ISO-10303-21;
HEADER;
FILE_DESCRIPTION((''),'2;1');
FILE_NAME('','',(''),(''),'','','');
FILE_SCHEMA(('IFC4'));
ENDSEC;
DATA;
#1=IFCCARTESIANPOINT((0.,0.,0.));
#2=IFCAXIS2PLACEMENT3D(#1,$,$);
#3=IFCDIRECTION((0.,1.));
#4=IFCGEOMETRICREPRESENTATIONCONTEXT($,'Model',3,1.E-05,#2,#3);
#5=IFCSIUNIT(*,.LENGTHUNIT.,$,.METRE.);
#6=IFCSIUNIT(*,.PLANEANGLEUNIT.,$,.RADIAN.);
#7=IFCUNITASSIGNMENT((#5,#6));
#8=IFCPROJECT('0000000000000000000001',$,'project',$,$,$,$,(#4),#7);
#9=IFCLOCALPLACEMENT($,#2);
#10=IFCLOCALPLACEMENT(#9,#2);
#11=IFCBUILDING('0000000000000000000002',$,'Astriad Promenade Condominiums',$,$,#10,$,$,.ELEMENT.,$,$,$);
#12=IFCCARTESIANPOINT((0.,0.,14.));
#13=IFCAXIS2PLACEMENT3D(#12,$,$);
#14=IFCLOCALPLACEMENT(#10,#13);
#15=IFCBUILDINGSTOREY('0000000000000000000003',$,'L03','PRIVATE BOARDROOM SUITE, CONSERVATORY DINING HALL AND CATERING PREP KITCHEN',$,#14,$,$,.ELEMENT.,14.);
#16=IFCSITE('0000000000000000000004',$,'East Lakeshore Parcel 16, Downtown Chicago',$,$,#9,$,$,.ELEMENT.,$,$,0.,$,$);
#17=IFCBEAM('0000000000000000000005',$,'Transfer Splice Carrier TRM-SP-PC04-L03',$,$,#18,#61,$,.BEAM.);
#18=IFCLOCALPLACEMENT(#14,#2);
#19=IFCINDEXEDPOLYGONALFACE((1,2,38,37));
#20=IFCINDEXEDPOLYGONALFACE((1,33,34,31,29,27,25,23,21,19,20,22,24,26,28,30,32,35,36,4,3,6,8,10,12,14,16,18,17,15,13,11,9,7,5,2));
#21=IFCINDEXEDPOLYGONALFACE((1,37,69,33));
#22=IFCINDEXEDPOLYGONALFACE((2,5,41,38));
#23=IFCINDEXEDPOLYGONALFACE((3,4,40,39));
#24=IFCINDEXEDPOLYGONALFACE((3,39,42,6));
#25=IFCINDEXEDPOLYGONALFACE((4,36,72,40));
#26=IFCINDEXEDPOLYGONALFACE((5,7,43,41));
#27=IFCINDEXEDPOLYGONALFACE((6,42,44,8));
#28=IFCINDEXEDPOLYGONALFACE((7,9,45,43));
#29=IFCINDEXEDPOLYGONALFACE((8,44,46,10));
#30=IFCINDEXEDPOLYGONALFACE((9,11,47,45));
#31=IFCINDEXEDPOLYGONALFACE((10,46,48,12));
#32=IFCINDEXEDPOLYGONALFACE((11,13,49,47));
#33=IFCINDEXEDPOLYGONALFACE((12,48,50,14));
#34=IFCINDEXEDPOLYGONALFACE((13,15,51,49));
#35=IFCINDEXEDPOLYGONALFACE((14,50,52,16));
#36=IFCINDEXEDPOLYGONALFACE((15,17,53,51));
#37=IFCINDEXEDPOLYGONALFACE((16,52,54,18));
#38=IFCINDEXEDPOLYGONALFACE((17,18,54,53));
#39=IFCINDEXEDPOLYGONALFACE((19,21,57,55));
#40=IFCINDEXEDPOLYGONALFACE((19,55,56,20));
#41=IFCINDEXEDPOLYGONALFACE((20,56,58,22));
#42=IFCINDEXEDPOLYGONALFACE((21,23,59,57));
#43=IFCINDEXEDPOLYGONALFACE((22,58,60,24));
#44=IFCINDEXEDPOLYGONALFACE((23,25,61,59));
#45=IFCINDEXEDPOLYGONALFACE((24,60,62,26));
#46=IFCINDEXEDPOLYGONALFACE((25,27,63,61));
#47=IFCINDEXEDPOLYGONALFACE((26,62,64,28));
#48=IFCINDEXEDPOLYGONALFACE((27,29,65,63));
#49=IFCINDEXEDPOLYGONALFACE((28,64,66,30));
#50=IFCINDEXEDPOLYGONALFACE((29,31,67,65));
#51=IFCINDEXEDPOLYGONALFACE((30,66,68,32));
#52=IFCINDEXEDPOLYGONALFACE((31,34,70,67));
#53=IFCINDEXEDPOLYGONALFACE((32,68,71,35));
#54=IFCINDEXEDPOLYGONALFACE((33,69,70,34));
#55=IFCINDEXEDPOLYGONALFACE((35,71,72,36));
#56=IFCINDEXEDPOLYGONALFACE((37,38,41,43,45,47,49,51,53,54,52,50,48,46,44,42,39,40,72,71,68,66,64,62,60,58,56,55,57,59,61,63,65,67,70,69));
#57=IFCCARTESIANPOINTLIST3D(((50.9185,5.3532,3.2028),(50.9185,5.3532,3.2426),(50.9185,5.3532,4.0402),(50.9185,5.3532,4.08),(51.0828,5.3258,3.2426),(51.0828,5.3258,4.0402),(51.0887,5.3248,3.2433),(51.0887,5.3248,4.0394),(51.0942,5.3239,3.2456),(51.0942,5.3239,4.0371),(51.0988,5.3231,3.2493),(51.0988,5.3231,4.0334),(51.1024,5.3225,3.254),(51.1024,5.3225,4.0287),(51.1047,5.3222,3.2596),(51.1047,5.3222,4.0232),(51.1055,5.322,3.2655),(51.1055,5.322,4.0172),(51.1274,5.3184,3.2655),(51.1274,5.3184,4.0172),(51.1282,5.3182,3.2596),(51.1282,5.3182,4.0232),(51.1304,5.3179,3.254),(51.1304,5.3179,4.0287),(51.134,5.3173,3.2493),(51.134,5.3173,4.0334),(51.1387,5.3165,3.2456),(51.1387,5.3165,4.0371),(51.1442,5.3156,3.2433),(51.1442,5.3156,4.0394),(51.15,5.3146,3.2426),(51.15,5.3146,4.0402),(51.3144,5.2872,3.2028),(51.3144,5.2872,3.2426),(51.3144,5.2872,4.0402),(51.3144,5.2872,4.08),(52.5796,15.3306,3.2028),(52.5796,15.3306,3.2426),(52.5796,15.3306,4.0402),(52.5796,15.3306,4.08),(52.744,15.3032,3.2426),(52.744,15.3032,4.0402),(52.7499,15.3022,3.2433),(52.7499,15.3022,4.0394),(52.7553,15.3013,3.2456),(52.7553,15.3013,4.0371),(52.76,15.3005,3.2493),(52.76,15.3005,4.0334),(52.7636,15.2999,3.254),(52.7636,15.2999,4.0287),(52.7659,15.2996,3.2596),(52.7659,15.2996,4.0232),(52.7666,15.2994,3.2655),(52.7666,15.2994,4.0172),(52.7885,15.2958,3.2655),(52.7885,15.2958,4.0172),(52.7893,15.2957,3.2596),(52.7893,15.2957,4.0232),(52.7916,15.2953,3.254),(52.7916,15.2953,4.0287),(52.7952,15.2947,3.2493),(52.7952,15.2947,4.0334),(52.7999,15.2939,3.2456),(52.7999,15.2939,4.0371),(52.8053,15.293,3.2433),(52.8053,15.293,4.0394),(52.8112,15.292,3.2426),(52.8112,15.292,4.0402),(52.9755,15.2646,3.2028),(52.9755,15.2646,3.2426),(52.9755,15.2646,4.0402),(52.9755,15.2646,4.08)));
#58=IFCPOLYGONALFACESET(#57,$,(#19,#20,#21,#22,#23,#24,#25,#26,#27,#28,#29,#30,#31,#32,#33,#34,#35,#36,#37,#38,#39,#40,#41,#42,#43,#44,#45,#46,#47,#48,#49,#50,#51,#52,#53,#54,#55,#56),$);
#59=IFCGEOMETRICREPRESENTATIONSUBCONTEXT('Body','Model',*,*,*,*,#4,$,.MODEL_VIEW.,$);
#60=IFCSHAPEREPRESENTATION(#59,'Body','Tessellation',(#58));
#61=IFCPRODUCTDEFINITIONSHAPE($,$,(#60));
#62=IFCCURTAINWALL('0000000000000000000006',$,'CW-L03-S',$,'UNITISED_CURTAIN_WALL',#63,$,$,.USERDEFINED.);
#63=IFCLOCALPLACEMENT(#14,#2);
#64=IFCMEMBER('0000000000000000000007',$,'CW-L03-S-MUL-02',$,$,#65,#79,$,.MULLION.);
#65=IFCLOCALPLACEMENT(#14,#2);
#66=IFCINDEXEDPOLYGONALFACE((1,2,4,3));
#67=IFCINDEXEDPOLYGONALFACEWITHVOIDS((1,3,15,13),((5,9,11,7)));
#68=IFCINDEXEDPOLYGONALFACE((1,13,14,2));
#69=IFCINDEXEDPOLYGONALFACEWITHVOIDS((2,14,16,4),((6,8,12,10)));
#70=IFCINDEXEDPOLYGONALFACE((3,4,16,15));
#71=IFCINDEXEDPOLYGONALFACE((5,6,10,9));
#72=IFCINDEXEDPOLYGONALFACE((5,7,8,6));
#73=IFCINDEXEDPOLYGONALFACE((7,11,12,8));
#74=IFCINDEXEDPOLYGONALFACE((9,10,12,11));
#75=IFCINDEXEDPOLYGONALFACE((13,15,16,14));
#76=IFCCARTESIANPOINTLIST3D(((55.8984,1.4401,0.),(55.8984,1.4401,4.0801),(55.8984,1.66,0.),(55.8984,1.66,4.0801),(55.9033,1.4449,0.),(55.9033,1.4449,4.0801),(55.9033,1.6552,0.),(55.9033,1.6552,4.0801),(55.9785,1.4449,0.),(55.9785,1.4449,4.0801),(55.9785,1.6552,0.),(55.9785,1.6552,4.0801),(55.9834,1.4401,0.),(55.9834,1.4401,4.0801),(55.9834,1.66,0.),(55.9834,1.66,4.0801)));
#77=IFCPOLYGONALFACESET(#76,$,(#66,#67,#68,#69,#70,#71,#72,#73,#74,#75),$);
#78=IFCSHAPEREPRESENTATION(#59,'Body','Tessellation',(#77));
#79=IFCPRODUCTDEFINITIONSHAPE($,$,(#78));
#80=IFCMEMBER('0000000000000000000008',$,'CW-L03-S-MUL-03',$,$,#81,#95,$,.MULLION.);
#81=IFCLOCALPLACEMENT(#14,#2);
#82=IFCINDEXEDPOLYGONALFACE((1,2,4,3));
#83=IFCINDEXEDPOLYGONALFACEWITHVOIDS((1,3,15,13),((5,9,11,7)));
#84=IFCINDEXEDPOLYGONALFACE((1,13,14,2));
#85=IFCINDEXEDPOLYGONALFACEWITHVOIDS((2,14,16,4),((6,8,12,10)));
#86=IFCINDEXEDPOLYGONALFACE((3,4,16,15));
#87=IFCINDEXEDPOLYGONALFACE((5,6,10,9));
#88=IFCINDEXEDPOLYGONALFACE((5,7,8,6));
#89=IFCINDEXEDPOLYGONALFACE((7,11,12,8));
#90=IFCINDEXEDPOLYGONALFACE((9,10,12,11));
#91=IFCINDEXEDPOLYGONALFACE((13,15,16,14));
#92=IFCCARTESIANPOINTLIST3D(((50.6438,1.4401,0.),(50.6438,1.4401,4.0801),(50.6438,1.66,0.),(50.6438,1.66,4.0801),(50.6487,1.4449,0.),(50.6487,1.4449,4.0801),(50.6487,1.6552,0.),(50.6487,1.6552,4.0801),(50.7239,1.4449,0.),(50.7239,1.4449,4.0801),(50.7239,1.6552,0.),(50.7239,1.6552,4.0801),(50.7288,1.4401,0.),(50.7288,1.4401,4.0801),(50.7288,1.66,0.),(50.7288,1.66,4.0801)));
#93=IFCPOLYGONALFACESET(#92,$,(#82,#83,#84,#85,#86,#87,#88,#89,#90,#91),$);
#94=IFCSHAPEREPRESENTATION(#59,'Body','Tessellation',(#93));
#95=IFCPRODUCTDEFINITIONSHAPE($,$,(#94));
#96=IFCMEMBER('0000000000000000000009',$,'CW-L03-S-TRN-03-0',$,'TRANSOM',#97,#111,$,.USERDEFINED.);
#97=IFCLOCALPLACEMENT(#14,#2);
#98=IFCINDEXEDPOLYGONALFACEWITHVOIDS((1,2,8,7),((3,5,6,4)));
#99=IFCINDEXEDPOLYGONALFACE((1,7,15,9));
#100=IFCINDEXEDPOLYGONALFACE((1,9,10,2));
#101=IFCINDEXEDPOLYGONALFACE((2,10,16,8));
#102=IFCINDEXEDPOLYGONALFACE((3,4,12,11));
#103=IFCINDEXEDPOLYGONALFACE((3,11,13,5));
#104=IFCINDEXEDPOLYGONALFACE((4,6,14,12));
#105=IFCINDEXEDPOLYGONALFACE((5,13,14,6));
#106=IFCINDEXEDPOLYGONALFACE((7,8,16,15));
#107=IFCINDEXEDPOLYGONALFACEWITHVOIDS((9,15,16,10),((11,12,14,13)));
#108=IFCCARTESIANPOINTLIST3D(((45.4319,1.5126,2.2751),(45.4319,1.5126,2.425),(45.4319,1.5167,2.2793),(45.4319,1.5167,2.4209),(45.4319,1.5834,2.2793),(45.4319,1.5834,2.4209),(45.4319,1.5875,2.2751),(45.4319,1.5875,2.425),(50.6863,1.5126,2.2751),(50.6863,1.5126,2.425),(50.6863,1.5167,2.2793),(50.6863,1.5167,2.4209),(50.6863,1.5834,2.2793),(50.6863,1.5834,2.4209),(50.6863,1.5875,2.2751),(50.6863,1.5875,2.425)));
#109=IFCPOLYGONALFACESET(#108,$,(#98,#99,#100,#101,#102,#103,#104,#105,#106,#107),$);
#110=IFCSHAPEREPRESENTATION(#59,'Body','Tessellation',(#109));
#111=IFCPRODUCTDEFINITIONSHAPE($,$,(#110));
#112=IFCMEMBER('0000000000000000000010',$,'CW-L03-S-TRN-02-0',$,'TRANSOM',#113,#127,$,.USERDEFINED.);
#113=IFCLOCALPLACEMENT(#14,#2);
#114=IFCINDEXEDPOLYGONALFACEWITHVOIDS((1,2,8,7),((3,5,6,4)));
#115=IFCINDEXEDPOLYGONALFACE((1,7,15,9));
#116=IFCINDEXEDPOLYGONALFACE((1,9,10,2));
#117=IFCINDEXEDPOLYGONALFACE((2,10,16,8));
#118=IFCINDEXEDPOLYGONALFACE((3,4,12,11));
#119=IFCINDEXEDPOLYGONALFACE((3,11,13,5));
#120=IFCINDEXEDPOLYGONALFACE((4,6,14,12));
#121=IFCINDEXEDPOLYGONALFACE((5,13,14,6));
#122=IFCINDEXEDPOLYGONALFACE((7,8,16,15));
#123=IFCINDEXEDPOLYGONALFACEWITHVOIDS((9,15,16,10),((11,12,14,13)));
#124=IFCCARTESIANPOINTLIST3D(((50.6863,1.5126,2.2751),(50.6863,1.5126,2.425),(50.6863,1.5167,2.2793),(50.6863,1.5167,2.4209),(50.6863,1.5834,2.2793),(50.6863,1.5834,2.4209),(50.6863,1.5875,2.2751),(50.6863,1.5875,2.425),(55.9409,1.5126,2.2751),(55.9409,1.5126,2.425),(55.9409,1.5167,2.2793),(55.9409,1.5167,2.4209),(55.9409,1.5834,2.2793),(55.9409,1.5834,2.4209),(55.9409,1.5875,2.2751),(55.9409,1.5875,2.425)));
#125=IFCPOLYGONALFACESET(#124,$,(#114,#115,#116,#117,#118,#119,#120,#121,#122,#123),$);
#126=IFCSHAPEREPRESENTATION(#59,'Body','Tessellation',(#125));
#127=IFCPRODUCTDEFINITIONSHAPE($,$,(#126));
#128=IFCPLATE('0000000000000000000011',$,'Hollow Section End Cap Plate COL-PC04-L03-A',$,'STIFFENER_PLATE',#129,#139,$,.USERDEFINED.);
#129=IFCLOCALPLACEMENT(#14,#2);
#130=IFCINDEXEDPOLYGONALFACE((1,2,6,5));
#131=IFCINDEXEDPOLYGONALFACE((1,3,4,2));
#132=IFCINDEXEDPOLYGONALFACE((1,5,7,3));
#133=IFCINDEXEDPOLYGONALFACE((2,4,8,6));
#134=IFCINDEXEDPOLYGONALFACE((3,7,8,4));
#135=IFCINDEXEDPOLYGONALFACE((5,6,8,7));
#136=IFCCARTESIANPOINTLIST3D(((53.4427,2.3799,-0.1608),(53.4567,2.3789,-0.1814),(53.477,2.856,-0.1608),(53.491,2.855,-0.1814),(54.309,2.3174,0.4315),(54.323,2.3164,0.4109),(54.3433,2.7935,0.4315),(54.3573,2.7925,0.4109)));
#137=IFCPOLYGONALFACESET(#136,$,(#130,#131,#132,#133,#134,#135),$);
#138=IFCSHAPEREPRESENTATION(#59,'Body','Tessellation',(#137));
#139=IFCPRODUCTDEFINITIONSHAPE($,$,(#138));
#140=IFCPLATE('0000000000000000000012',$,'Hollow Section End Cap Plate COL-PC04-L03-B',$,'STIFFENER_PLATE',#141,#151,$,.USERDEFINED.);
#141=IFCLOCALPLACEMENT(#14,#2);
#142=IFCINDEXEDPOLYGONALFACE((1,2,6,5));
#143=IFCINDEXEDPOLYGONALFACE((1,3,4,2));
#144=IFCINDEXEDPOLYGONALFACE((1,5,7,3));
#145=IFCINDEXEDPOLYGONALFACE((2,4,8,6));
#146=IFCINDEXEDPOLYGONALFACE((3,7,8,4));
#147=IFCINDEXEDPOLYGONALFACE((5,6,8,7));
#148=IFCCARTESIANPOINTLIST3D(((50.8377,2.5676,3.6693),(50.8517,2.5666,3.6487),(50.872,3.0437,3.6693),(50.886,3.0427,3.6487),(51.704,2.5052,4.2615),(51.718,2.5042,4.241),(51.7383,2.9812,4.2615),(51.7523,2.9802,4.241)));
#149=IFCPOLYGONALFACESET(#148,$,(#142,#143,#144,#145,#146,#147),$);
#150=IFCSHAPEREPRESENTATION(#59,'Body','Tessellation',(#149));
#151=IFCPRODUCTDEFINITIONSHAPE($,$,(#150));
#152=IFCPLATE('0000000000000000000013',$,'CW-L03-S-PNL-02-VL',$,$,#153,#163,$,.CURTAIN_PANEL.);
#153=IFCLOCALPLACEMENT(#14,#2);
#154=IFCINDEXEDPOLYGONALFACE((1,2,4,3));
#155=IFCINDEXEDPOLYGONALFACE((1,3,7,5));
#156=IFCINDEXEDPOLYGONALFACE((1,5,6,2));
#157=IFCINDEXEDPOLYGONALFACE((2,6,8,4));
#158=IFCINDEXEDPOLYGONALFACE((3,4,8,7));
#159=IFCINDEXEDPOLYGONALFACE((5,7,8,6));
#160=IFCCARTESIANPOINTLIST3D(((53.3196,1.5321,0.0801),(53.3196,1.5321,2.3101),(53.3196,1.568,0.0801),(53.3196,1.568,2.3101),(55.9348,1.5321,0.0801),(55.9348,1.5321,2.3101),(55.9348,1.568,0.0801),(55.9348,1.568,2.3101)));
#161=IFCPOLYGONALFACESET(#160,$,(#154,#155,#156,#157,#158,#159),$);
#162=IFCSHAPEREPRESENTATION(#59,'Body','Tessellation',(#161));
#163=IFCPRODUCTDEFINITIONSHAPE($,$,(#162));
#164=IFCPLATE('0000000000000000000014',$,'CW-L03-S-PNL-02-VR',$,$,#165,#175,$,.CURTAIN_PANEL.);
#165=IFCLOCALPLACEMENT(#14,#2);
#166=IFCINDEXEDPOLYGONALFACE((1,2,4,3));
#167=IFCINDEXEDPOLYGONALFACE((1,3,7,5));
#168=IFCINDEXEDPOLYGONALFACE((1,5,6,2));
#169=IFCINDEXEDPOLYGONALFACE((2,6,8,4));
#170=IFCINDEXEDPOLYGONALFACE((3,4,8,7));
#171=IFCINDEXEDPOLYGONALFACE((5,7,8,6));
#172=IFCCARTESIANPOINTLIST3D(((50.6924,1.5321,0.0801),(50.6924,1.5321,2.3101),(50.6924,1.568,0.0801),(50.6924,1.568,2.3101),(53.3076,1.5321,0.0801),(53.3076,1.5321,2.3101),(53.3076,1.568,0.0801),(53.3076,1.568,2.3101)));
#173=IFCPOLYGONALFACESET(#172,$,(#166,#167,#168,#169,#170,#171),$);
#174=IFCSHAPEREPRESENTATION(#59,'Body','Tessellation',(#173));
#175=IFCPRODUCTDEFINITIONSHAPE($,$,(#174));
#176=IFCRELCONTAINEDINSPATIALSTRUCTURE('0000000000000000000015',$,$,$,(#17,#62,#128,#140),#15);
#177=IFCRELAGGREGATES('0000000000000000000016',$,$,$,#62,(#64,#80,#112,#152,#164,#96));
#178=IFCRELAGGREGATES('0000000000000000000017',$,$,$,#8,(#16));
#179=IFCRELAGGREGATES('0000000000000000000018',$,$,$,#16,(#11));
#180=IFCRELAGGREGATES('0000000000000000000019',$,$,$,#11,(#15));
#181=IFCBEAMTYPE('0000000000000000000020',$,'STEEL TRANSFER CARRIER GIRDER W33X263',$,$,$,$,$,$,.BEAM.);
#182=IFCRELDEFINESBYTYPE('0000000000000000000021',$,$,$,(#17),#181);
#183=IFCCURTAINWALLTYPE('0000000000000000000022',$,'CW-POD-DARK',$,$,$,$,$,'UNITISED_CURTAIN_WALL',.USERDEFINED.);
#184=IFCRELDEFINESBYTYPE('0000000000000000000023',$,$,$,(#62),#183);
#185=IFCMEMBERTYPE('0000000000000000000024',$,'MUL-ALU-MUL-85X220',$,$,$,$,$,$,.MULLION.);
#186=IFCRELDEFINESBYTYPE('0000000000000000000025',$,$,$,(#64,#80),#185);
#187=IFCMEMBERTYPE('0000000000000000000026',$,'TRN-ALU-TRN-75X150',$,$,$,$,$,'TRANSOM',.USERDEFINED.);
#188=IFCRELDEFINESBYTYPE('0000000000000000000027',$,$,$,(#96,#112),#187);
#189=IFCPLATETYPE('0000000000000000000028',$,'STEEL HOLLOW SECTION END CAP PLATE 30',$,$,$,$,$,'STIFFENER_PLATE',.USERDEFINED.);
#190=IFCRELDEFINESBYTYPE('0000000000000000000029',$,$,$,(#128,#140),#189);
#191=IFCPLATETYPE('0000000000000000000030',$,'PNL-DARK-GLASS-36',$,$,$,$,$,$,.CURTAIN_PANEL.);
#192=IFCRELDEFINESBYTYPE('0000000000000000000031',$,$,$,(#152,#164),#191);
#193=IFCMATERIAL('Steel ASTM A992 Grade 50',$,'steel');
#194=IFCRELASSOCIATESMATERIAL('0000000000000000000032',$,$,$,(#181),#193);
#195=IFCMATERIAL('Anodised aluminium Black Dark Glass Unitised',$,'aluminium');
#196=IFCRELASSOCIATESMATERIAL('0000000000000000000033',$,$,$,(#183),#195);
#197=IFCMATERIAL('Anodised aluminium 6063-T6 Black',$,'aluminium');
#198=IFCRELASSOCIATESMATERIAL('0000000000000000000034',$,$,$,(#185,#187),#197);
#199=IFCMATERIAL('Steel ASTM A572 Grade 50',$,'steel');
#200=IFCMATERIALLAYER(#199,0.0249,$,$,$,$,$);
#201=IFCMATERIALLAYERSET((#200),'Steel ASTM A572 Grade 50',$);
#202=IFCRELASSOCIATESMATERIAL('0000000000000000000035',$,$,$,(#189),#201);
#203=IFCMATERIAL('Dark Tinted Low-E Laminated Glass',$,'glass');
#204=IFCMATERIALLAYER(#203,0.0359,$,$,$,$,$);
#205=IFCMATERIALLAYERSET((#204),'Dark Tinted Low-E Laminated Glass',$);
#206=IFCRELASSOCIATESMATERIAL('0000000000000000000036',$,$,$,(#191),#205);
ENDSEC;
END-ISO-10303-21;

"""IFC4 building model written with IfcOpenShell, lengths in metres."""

from ifc_helpers import new_model, si_unit, direction, frame, origin, origin_2d, place, context, subcontext, project, spatial, rectangle, hollow_rectangle, i_section, extrude, source, transform, mapped, material, layer, layer_set, material_profile, profile_set, type_object, type_shapes, element, aggregate, save


model = new_model("IFC4")

# Units and contexts
model_context = context("Model", 3, precision=1e-05, world=origin(), true_north=direction((0.0, 1.0)))
body_context = subcontext(model_context, "Body", "Model", "MODEL_VIEW")
ifc_project = project(units=[si_unit("LENGTHUNIT", "METRE"), si_unit("PLANEANGLEUNIT", "RADIAN")], contexts=[model_context])

# Site, building, storey
site_placement = place(None, origin())
site = spatial("IfcSite", under=ifc_project, at=site_placement, Name="East Lakeshore Parcel 16, Downtown Chicago", CompositionType="ELEMENT", RefElevation=0.0)
building_placement = place(site_placement, origin())
building = spatial("IfcBuilding", under=site, at=building_placement, Name="Astriad Promenade Condominiums", CompositionType="ELEMENT")
storey_placement = place(building_placement, frame((0.0, 0.0, 14.0)))
storey = spatial("IfcBuildingStorey", under=building, at=storey_placement, Name="L03", Description="PRIVATE BOARDROOM SUITE, CONSERVATORY DINING HALL AND CATERING PREP KITCHEN", CompositionType="ELEMENT", Elevation=14.0)

# Shared definitions
ifc_material_1 = material(Name="Steel ASTM A992 Grade 50", Category="steel")

# Beam
ifc_material_profile_1 = material_profile(ifc_material_1, i_section(OverallWidth=0.4014, OverallDepth=0.8772, WebThickness=0.0222, FlangeThickness=0.0398, FilletRadius=0.0229, at=origin_2d()), Name="W33X263")
ifc_profile_set_1 = profile_set([ifc_material_profile_1], Name="Steel ASTM A992 Grade 50")
beam_type_1 = type_object("IfcBeamType", Name="STEEL TRANSFER CARRIER GIRDER W33X263", PredefinedType="BEAM", material=ifc_profile_set_1)
shared_shape_1 = source(origin(), body_context, "Body", "SweptSolid", [
    extrude(i_section(OverallWidth=0.4014, OverallDepth=0.8772, WebThickness=0.0222, FlangeThickness=0.0398, FilletRadius=0.0229, at=origin_2d()), origin(), (0.0, 0.0, 1.0), 10.1147),
])
type_shapes(beam_type_1, [shared_shape_1])
beam_1_placement = place(storey_placement, frame((52.7776, 15.2976, 3.6414), z_axis=(-0.164231, -0.986422, 0.0), x_axis=(0.986422, -0.164231, 0.0)))
element("IfcBeam", 1, at=beam_1_placement, inside=storey, type_object=beam_type_1, Name="Transfer Splice Carrier TRM-SP-PC04-L03", PredefinedType="BEAM", context=body_context, shape_type="MappedRepresentation", body=[
    mapped(shared_shape_1, transform((0.0, 0.0, 0.0), scale=1.0)),
])

# Curtain wall, members
ifc_material_2 = material(Name="Anodised aluminium Black Dark Glass Unitised", Category="aluminium")
curtain_wall_type = type_object("IfcCurtainWallType", Name="CW-POD-DARK", ElementType="UNITISED_CURTAIN_WALL", PredefinedType="USERDEFINED", material=ifc_material_2)
curtain_wall_placement = place(storey_placement, origin())
curtain_wall = element("IfcCurtainWall", 2, at=curtain_wall_placement, inside=storey, type_object=curtain_wall_type, Name="CW-L03-S", ObjectType="UNITISED_CURTAIN_WALL", PredefinedType="USERDEFINED")
ifc_material_3 = material(Name="Anodised aluminium 6063-T6 Black", Category="aluminium")
ifc_material_profile_2 = material_profile(ifc_material_3, hollow_rectangle(XDim=0.085, YDim=0.22, WallThickness=0.0049, at=origin_2d()), Name="ALU-MUL-85X220")
ifc_profile_set_2 = profile_set([ifc_material_profile_2], Name="Anodised aluminium 6063-T6 Black")
member_type_1 = type_object("IfcMemberType", Name="MUL-ALU-MUL-85X220", PredefinedType="MULLION", material=ifc_profile_set_2)
shared_shape_2 = source(origin(), body_context, "Body", "SweptSolid", [
    extrude(hollow_rectangle(XDim=0.085, YDim=0.22, WallThickness=0.0049, at=origin_2d()), origin(), (0.0, 0.0, 1.0), 4.0801),
])
type_shapes(member_type_1, [shared_shape_2])
member_1_placement = place(storey_placement, frame((55.9409, 1.55, 0.0), z_axis=(0.0, 0.0, 1.0), x_axis=(1.0, 0.0, 0.0)))
member_1 = element("IfcMember", 3, at=member_1_placement, type_object=member_type_1, Name="CW-L03-S-MUL-02", PredefinedType="MULLION", context=body_context, shape_type="MappedRepresentation", body=[
    mapped(shared_shape_2, transform((0.0, 0.0, 0.0), scale=1.0)),
])
member_2_placement = place(storey_placement, frame((50.6863, 1.55, 0.0), z_axis=(0.0, 0.0, 1.0), x_axis=(1.0, 0.0, 0.0)))
member_2 = element("IfcMember", 4, at=member_2_placement, type_object=member_type_1, Name="CW-L03-S-MUL-03", PredefinedType="MULLION", context=body_context, shape_type="MappedRepresentation", body=[
    mapped(shared_shape_2, transform((0.0, 0.0, 0.0), scale=1.0)),
])
ifc_material_profile_3 = material_profile(ifc_material_3, hollow_rectangle(XDim=0.075, YDim=0.1499, WallThickness=0.0042, at=origin_2d()), Name="ALU-TRN-75X150")
ifc_profile_set_3 = profile_set([ifc_material_profile_3], Name="Anodised aluminium 6063-T6 Black")
member_type_2 = type_object("IfcMemberType", Name="TRN-ALU-TRN-75X150", ElementType="TRANSOM", PredefinedType="USERDEFINED", material=ifc_profile_set_3)
shared_shape_3 = source(origin(), body_context, "Body", "SweptSolid", [
    extrude(hollow_rectangle(XDim=0.075, YDim=0.1499, WallThickness=0.0042, at=origin_2d()), origin(), (0.0, 0.0, 1.0), 5.2544),
])
member_3_placement = place(storey_placement, frame((50.6863, 1.55, 2.3501), z_axis=(-1.0, 0.0, 0.0), x_axis=(0.0, -1.0, 0.0)))
member_3 = element("IfcMember", 5, at=member_3_placement, type_object=member_type_2, Name="CW-L03-S-TRN-03-0", ObjectType="TRANSOM", PredefinedType="USERDEFINED", context=body_context, shape_type="MappedRepresentation", body=[
    mapped(shared_shape_3, transform((0.0, 0.0, 0.0), scale=1.0)),
])
shared_shape_4 = source(origin(), body_context, "Body", "SweptSolid", [
    extrude(hollow_rectangle(XDim=0.075, YDim=0.1499, WallThickness=0.0042, at=origin_2d()), origin(), (0.0, 0.0, 1.0), 5.2546),
])
type_shapes(member_type_2, [shared_shape_3, shared_shape_4])
member_4_placement = place(storey_placement, frame((55.9409, 1.55, 2.3501), z_axis=(-1.0, 0.0, 0.0), x_axis=(0.0, -1.0, 0.0)))
member_4 = element("IfcMember", 6, at=member_4_placement, type_object=member_type_2, Name="CW-L03-S-TRN-02-0", ObjectType="TRANSOM", PredefinedType="USERDEFINED", context=body_context, shape_type="MappedRepresentation", body=[
    mapped(shared_shape_4, transform((0.0, 0.0, 0.0), scale=1.0)),
])

# Plates
ifc_material_4 = material(Name="Steel ASTM A572 Grade 50", Category="steel")
ifc_layer_1 = layer(ifc_material_4, 0.0249)
ifc_layer_set_1 = layer_set([ifc_layer_1], Name="Steel ASTM A572 Grade 50")
plate_type_1 = type_object("IfcPlateType", Name="STEEL HOLLOW SECTION END CAP PLATE 30", ElementType="STIFFENER_PLATE", PredefinedType="USERDEFINED", material=ifc_layer_set_1)
shared_shape_5 = source(origin(), body_context, "Body", "SweptSolid", [
    extrude(rectangle(XDim=0.4773, YDim=1.0513, at=origin_2d()), origin(), (0.0, 0.0, 1.0), 0.0249),
])
type_shapes(plate_type_1, [shared_shape_5])
for number, where, z_axis, x_axis, name in (
    (7, (53.907, 2.5857, 0.1147), (-0.561918, 0.040512, 0.8262), (-0.071909, -0.997411, 0.0), "Hollow Section End Cap Plate COL-PC04-L03-A"),
    (8, (51.302, 2.7734, 3.9448), (-0.561918, 0.040512, 0.8262), (-0.071909, -0.997411, 0.0), "Hollow Section End Cap Plate COL-PC04-L03-B"),
):
    element("IfcPlate", number, at=place(storey_placement, frame(where, z_axis=z_axis, x_axis=x_axis)), inside=storey, type_object=plate_type_1, Name=name, ObjectType="STIFFENER_PLATE", PredefinedType="USERDEFINED", context=body_context, shape_type="MappedRepresentation", body=[
        mapped(shared_shape_5, transform((0.0, 0.0, 0.0), scale=1.0)),
    ])

# Plates
ifc_material_5 = material(Name="Dark Tinted Low-E Laminated Glass", Category="glass")
ifc_layer_2 = layer(ifc_material_5, 0.0359)
ifc_layer_set_2 = layer_set([ifc_layer_2], Name="Dark Tinted Low-E Laminated Glass")
plate_type_2 = type_object("IfcPlateType", Name="PNL-DARK-GLASS-36", PredefinedType="CURTAIN_PANEL", material=ifc_layer_set_2)
shared_shape_6 = source(origin(), body_context, "Body", "SweptSolid", [
    extrude(rectangle(XDim=2.6152, YDim=0.0359, at=origin_2d()), origin(), (0.0, 0.0, 1.0), 2.23),
])
plate_1_placement = place(storey_placement, frame((54.6272, 1.55, 0.0801), z_axis=(0.0, 0.0, 1.0), x_axis=(-1.0, 0.0, 0.0)))
plate_1 = element("IfcPlate", 9, at=plate_1_placement, type_object=plate_type_2, Name="CW-L03-S-PNL-02-VL", PredefinedType="CURTAIN_PANEL", context=body_context, shape_type="MappedRepresentation", body=[
    mapped(shared_shape_6, transform((0.0, 0.0, 0.0), scale=1.0)),
])
plate_2_placement = place(storey_placement, frame((52.0, 1.55, 0.0801), z_axis=(0.0, 0.0, 1.0), x_axis=(-1.0, 0.0, 0.0)))
plate_2 = element("IfcPlate", 10, at=plate_2_placement, type_object=plate_type_2, Name="CW-L03-S-PNL-02-VR", PredefinedType="CURTAIN_PANEL", context=body_context, shape_type="MappedRepresentation", body=[
    mapped(shared_shape_6, transform((0.0, 0.0, 0.0), scale=1.0)),
])
aggregate(curtain_wall, [member_1, member_2, member_4, plate_1, plate_2, member_3])

save(model, "model.ifc")
